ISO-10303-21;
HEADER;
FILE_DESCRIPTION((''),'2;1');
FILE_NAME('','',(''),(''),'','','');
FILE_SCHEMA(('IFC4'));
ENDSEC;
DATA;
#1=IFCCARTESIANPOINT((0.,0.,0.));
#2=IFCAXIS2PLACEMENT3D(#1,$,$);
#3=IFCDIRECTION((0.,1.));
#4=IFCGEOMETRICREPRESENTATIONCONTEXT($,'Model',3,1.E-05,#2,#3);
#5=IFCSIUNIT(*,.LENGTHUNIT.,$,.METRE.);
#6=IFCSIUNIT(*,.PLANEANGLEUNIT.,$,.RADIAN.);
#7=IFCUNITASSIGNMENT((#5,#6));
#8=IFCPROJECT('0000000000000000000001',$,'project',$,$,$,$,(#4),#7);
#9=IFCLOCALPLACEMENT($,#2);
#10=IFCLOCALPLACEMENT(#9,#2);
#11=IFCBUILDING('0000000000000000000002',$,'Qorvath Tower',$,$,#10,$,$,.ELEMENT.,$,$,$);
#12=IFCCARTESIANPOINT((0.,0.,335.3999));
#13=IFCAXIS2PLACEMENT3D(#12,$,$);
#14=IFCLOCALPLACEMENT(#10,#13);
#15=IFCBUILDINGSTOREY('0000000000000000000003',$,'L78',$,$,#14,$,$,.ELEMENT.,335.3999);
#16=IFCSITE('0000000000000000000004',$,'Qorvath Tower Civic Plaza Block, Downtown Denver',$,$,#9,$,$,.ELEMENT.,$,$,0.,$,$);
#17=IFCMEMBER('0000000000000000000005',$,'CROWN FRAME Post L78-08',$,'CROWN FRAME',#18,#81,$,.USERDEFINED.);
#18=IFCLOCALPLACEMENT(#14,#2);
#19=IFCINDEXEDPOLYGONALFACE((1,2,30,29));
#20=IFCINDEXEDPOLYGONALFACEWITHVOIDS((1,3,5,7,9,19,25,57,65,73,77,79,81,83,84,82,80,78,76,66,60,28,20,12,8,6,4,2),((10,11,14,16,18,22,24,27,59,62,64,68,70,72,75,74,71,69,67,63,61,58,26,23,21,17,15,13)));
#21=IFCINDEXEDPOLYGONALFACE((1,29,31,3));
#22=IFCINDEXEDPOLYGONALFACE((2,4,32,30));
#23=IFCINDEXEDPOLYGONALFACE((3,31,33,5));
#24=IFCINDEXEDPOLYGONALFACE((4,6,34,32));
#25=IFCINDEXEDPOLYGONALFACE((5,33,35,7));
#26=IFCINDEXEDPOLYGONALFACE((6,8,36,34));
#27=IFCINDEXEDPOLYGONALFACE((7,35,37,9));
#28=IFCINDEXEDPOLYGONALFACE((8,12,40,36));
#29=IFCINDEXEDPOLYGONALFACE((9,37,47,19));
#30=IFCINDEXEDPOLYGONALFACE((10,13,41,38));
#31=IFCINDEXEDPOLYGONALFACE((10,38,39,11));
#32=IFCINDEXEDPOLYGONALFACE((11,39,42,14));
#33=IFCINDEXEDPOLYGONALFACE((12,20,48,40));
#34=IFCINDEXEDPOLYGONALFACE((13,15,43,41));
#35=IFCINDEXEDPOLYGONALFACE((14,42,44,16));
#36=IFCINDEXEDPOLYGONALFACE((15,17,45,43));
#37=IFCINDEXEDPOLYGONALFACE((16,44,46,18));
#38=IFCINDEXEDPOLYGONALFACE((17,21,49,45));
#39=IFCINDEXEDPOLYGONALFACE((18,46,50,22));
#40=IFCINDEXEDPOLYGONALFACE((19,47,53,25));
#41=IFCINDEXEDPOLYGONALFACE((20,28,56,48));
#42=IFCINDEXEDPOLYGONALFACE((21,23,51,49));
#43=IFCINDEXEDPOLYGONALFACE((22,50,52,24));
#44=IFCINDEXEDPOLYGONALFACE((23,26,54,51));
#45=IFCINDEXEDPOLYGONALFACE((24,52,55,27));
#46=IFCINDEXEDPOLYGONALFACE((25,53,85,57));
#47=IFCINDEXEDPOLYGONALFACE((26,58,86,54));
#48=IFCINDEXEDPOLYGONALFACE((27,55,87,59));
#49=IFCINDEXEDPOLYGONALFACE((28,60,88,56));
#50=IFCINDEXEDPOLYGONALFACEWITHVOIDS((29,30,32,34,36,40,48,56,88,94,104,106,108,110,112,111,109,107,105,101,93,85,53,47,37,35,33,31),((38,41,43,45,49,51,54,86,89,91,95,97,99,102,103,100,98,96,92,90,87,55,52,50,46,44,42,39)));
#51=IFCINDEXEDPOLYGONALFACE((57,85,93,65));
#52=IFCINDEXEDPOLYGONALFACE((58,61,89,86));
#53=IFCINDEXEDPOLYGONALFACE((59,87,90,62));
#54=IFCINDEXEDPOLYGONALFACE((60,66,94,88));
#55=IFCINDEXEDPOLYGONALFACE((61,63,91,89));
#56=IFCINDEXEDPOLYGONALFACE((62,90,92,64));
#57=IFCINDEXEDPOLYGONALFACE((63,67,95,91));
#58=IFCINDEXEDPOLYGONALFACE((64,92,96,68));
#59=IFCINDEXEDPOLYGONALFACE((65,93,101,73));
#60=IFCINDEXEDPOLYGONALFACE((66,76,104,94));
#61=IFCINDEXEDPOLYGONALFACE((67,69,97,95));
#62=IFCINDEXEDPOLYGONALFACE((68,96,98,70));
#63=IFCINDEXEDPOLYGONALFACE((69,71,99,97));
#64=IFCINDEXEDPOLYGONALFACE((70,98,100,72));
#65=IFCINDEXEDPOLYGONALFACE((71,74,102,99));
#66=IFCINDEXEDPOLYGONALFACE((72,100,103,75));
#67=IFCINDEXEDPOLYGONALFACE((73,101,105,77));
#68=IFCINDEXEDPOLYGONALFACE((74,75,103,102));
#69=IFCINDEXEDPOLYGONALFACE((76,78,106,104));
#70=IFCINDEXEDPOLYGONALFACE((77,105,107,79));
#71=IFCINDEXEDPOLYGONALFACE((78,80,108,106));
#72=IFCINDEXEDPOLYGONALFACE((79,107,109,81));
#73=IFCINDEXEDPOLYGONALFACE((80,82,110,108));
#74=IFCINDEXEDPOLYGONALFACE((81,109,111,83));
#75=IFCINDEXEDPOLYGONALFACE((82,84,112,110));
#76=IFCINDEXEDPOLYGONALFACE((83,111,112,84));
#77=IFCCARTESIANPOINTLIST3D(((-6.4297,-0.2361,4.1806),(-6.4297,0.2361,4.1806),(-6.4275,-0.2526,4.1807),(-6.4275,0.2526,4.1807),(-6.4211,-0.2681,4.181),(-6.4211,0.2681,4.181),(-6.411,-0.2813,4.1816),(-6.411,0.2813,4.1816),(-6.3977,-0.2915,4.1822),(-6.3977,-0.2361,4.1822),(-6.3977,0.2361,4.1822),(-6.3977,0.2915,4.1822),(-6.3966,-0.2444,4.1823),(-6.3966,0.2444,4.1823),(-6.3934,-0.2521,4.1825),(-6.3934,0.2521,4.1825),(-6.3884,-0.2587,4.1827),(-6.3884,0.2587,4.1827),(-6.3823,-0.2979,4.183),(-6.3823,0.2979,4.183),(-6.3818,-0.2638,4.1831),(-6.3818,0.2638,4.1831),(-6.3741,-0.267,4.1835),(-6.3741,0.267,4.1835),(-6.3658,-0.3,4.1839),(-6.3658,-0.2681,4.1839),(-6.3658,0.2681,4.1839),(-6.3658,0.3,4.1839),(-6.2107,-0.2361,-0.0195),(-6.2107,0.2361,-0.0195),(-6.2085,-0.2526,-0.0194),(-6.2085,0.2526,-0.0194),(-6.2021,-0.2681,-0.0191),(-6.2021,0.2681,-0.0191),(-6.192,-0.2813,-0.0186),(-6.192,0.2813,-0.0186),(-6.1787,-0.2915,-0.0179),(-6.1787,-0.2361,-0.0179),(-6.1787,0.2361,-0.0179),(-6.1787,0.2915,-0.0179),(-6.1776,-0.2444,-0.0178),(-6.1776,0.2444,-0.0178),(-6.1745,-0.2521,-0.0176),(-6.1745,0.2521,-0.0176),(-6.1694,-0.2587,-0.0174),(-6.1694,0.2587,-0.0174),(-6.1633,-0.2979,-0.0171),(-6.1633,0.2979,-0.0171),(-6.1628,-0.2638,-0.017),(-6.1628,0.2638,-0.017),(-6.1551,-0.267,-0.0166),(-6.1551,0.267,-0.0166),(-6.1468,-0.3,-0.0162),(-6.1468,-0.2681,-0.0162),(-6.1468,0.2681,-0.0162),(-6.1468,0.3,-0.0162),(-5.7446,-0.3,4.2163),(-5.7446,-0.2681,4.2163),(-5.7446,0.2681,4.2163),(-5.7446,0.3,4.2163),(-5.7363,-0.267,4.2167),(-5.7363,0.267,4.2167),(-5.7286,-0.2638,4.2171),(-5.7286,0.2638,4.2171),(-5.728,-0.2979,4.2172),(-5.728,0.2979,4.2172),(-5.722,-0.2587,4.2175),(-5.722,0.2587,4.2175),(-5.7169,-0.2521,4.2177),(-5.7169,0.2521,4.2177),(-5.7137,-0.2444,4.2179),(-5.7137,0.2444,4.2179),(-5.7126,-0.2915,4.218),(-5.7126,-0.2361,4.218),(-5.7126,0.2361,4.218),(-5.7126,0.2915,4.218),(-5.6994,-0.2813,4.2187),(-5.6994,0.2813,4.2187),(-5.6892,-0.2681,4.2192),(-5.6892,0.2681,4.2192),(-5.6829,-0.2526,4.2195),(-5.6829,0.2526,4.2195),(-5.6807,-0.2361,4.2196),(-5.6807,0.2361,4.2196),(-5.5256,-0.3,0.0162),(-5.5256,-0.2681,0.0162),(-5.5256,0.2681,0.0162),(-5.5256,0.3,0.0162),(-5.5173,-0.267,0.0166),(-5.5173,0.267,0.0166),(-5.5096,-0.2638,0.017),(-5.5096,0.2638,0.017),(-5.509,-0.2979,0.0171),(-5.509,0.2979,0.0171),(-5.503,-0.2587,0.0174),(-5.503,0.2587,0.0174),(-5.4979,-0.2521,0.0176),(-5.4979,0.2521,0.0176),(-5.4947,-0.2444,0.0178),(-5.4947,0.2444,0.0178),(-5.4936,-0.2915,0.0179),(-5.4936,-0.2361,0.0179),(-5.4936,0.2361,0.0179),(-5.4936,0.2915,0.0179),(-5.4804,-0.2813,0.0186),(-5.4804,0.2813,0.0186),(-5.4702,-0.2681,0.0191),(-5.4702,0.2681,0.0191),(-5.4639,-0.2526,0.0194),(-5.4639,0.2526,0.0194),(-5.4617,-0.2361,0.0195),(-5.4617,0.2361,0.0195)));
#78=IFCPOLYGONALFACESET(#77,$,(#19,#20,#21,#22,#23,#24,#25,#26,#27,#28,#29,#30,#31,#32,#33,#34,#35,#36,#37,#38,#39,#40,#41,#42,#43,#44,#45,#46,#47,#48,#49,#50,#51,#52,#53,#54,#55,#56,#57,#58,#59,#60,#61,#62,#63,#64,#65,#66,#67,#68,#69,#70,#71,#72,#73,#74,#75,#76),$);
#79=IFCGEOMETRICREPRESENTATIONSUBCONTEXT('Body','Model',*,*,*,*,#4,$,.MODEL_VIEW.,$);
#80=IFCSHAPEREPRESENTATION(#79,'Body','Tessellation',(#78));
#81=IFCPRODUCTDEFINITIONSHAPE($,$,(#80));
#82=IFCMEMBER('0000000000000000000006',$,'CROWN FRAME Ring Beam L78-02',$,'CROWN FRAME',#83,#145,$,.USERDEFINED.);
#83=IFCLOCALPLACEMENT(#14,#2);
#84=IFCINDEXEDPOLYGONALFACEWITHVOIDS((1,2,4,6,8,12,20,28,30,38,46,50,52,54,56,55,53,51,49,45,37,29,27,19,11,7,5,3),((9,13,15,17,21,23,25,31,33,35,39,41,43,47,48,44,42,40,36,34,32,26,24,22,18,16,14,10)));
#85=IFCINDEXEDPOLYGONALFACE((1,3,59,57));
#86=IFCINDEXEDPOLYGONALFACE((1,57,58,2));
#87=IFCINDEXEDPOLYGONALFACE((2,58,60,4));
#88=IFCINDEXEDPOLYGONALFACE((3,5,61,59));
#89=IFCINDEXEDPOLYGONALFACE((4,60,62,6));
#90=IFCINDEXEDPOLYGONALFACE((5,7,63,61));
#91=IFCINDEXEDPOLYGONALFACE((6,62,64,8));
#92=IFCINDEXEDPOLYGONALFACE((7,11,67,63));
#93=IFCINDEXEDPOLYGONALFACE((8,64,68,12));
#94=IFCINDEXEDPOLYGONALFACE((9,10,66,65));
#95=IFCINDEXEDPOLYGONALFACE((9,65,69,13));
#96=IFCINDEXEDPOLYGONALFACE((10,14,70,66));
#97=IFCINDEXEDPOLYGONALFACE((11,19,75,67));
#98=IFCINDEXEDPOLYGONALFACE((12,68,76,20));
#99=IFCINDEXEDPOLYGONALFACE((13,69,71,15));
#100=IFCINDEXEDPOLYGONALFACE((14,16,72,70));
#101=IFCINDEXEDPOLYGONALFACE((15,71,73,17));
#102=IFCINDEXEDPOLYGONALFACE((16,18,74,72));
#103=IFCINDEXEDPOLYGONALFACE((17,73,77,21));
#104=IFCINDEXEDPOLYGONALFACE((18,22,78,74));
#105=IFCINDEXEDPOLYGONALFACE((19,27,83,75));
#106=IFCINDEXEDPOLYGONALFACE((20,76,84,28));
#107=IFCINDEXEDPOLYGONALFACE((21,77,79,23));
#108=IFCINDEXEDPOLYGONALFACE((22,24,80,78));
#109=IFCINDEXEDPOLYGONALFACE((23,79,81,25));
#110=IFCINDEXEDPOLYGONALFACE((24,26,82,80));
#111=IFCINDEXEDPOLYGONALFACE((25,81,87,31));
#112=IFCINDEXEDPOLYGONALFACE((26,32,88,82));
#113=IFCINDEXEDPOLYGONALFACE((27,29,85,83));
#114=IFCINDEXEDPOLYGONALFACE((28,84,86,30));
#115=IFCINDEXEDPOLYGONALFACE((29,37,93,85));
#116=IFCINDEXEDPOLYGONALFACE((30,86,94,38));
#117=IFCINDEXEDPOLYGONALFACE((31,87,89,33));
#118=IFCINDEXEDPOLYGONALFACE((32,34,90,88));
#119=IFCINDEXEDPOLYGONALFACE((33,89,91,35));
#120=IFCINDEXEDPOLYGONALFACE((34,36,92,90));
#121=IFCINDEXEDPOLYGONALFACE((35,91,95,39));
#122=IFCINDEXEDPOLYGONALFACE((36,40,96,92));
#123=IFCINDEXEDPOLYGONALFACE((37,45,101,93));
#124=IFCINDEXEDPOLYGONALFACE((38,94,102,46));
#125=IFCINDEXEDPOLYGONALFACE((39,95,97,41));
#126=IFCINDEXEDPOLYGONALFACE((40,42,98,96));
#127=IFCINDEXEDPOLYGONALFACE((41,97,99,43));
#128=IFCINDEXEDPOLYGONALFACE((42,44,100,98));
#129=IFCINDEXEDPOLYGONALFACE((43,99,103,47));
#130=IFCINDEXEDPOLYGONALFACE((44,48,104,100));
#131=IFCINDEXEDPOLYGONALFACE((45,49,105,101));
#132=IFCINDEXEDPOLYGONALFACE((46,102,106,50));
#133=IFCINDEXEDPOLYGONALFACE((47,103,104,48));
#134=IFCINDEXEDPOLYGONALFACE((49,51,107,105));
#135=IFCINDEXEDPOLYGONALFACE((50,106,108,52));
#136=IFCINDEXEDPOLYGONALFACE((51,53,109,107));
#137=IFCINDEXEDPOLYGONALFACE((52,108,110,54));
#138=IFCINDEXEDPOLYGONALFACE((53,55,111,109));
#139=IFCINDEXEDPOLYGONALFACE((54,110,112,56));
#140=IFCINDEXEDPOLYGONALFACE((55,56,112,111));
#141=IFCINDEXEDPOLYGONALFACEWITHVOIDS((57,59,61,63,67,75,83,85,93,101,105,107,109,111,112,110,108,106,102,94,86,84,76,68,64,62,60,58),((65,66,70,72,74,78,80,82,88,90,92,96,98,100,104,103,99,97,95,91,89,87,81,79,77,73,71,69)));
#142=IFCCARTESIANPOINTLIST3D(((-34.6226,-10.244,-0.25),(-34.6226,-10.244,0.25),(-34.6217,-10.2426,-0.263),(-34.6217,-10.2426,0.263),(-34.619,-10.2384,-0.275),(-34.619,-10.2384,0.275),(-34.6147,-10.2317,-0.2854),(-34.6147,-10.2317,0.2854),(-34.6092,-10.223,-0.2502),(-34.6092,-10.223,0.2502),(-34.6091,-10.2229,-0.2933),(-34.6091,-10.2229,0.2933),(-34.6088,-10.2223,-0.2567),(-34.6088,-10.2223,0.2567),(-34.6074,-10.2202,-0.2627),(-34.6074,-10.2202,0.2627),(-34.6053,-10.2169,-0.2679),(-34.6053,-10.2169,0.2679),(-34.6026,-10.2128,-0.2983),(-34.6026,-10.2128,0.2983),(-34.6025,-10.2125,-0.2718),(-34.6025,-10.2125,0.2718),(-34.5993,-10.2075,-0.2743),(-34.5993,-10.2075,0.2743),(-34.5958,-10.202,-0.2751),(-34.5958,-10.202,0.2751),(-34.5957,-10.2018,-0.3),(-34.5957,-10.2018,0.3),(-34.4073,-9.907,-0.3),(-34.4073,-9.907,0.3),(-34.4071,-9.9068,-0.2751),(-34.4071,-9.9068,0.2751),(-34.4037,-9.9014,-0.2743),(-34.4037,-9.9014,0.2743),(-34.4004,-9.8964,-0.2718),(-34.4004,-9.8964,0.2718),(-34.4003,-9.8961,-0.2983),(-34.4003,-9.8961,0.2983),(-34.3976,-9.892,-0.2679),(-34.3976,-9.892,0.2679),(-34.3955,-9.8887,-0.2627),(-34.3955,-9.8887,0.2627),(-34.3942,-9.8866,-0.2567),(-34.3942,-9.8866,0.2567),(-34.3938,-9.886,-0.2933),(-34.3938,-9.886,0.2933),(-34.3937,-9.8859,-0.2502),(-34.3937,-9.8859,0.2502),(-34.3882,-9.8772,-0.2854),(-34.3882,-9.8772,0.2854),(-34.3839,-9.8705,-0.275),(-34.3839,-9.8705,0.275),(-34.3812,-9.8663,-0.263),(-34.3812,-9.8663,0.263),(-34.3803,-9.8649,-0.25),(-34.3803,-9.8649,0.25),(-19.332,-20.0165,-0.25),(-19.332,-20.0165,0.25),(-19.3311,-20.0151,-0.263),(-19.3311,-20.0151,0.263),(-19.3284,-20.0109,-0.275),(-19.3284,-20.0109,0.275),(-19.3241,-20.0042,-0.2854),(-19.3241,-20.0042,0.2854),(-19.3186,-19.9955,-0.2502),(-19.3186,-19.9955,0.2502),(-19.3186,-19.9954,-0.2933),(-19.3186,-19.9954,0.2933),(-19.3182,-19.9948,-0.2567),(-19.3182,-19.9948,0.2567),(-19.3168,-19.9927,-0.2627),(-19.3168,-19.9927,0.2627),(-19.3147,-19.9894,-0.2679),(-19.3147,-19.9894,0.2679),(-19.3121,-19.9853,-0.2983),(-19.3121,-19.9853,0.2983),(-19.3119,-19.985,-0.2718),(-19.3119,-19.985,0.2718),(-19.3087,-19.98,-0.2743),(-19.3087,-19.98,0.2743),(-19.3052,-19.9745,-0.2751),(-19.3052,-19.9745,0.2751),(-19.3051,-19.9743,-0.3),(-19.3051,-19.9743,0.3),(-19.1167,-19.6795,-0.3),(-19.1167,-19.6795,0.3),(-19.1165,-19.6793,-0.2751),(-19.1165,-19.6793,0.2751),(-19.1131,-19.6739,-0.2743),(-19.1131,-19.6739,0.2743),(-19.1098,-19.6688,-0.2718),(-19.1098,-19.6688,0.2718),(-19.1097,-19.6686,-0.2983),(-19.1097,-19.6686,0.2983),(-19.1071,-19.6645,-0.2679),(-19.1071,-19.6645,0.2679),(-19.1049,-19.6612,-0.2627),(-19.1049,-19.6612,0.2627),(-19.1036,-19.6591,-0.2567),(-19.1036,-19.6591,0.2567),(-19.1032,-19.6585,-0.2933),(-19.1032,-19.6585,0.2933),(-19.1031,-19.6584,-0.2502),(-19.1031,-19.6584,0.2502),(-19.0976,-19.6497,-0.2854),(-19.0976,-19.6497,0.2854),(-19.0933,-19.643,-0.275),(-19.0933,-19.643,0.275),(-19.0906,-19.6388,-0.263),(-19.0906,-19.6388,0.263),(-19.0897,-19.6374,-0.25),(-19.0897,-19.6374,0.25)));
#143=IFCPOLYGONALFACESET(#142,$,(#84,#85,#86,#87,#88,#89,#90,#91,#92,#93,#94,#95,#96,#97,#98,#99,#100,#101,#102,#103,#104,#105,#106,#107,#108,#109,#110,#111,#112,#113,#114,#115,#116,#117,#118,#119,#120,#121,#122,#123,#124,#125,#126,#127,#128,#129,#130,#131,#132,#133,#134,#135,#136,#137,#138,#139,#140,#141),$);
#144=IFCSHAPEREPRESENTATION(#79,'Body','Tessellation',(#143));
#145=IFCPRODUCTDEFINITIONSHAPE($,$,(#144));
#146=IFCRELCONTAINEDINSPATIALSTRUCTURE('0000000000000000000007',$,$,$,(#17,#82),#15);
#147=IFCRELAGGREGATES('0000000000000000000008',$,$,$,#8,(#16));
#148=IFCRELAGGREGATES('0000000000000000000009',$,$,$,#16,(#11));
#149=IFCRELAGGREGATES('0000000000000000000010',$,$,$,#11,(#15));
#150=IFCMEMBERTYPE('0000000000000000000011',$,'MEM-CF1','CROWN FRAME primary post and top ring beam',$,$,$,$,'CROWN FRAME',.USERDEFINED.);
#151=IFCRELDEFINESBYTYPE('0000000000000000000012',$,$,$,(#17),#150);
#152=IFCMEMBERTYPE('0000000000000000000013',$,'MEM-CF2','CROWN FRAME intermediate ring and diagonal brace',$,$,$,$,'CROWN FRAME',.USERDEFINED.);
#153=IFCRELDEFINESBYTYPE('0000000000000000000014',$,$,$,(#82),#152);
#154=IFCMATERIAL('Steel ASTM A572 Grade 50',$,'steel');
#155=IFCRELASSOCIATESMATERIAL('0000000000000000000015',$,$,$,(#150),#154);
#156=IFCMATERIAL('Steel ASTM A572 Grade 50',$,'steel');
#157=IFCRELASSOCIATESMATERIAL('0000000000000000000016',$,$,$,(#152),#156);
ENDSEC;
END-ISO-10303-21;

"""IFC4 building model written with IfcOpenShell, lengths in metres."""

from ifc_helpers import new_model, si_unit, direction, frame, origin, origin_2d, place, context, subcontext, project, spatial, hollow_rectangle, extrude, material, material_profile, profile_set, type_object, element, save


model = new_model("IFC4")

# Units and contexts
model_context = context("Model", 3, precision=1e-05, world=origin(), true_north=direction((0.0, 1.0)))
body_context = subcontext(model_context, "Body", "Model", "MODEL_VIEW")
ifc_project = project(units=[si_unit("LENGTHUNIT", "METRE"), si_unit("PLANEANGLEUNIT", "RADIAN")], contexts=[model_context])

# Site, building, storey
site_placement = place(None, origin())
site = spatial("IfcSite", under=ifc_project, at=site_placement, Name="Qorvath Tower Civic Plaza Block, Downtown Denver", CompositionType="ELEMENT", RefElevation=0.0)
building_placement = place(site_placement, origin())
building = spatial("IfcBuilding", under=site, at=building_placement, Name="Qorvath Tower", CompositionType="ELEMENT")
storey_placement = place(building_placement, frame((0.0, 0.0, 335.3999)))
storey = spatial("IfcBuildingStorey", under=building, at=storey_placement, Name="L78", CompositionType="ELEMENT", Elevation=335.3999)

# Members
ifc_material_1 = material(Name="Steel ASTM A572 Grade 50", Category="steel")
ifc_material_profile_1 = material_profile(ifc_material_1, hollow_rectangle(XDim=0.6001, YDim=0.75, WallThickness=0.032, InnerFilletRadius=0.032, OuterFilletRadius=0.064, at=origin_2d()), Name="CROWN BOX 750x600x32")
ifc_profile_set_1 = profile_set([ifc_material_profile_1], Name="Steel ASTM A572 Grade 50")
member_type_1 = type_object("IfcMemberType", Name="MEM-CF1", Description="CROWN FRAME primary post and top ring beam", ElementType="CROWN FRAME", PredefinedType="USERDEFINED", material=ifc_profile_set_1)
member_1_placement = place(storey_placement, frame((-5.8362, 0.0, 0.0), z_axis=(-0.052068, 0.0, 0.998644), x_axis=(0.0, -1.0, 0.0)))
element("IfcMember", 1, at=member_1_placement, inside=storey, type_object=member_type_1, Name="CROWN FRAME Post L78-08", ObjectType="CROWN FRAME", PredefinedType="USERDEFINED", context=body_context, shape_type="SweptSolid", body=[
    extrude(hollow_rectangle(XDim=0.6001, YDim=0.75, WallThickness=0.032, InnerFilletRadius=0.032, OuterFilletRadius=0.064, at=origin_2d()), origin(), (0.0, 0.0, 1.0), 4.2058),
])
ifc_material_2 = material(Name="Steel ASTM A572 Grade 50", Category="steel")
ifc_material_profile_2 = material_profile(ifc_material_2, hollow_rectangle(XDim=0.45, YDim=0.6001, WallThickness=0.0249, InnerFilletRadius=0.0249, OuterFilletRadius=0.05, at=origin_2d()), Name="CROWN BOX 600x450x25")
ifc_profile_set_2 = profile_set([ifc_material_profile_2], Name="Steel ASTM A572 Grade 50")
member_type_2 = type_object("IfcMemberType", Name="MEM-CF2", Description="CROWN FRAME intermediate ring and diagonal brace", ElementType="CROWN FRAME", PredefinedType="USERDEFINED", material=ifc_profile_set_2)
member_2_placement = place(storey_placement, frame((-34.5015, -10.0544, 0.0), z_axis=(0.842608, -0.538527, 0.0), x_axis=(0.538527, 0.842608, 0.0)))
element("IfcMember", 2, at=member_2_placement, inside=storey, type_object=member_type_2, Name="CROWN FRAME Ring Beam L78-02", ObjectType="CROWN FRAME", PredefinedType="USERDEFINED", context=body_context, shape_type="SweptSolid", body=[
    extrude(hollow_rectangle(XDim=0.45, YDim=0.6001, WallThickness=0.0249, InnerFilletRadius=0.0249, OuterFilletRadius=0.05, at=origin_2d()), origin(), (0.0, 0.0, 1.0), 18.1467),
])

save(model, "model.ifc")
